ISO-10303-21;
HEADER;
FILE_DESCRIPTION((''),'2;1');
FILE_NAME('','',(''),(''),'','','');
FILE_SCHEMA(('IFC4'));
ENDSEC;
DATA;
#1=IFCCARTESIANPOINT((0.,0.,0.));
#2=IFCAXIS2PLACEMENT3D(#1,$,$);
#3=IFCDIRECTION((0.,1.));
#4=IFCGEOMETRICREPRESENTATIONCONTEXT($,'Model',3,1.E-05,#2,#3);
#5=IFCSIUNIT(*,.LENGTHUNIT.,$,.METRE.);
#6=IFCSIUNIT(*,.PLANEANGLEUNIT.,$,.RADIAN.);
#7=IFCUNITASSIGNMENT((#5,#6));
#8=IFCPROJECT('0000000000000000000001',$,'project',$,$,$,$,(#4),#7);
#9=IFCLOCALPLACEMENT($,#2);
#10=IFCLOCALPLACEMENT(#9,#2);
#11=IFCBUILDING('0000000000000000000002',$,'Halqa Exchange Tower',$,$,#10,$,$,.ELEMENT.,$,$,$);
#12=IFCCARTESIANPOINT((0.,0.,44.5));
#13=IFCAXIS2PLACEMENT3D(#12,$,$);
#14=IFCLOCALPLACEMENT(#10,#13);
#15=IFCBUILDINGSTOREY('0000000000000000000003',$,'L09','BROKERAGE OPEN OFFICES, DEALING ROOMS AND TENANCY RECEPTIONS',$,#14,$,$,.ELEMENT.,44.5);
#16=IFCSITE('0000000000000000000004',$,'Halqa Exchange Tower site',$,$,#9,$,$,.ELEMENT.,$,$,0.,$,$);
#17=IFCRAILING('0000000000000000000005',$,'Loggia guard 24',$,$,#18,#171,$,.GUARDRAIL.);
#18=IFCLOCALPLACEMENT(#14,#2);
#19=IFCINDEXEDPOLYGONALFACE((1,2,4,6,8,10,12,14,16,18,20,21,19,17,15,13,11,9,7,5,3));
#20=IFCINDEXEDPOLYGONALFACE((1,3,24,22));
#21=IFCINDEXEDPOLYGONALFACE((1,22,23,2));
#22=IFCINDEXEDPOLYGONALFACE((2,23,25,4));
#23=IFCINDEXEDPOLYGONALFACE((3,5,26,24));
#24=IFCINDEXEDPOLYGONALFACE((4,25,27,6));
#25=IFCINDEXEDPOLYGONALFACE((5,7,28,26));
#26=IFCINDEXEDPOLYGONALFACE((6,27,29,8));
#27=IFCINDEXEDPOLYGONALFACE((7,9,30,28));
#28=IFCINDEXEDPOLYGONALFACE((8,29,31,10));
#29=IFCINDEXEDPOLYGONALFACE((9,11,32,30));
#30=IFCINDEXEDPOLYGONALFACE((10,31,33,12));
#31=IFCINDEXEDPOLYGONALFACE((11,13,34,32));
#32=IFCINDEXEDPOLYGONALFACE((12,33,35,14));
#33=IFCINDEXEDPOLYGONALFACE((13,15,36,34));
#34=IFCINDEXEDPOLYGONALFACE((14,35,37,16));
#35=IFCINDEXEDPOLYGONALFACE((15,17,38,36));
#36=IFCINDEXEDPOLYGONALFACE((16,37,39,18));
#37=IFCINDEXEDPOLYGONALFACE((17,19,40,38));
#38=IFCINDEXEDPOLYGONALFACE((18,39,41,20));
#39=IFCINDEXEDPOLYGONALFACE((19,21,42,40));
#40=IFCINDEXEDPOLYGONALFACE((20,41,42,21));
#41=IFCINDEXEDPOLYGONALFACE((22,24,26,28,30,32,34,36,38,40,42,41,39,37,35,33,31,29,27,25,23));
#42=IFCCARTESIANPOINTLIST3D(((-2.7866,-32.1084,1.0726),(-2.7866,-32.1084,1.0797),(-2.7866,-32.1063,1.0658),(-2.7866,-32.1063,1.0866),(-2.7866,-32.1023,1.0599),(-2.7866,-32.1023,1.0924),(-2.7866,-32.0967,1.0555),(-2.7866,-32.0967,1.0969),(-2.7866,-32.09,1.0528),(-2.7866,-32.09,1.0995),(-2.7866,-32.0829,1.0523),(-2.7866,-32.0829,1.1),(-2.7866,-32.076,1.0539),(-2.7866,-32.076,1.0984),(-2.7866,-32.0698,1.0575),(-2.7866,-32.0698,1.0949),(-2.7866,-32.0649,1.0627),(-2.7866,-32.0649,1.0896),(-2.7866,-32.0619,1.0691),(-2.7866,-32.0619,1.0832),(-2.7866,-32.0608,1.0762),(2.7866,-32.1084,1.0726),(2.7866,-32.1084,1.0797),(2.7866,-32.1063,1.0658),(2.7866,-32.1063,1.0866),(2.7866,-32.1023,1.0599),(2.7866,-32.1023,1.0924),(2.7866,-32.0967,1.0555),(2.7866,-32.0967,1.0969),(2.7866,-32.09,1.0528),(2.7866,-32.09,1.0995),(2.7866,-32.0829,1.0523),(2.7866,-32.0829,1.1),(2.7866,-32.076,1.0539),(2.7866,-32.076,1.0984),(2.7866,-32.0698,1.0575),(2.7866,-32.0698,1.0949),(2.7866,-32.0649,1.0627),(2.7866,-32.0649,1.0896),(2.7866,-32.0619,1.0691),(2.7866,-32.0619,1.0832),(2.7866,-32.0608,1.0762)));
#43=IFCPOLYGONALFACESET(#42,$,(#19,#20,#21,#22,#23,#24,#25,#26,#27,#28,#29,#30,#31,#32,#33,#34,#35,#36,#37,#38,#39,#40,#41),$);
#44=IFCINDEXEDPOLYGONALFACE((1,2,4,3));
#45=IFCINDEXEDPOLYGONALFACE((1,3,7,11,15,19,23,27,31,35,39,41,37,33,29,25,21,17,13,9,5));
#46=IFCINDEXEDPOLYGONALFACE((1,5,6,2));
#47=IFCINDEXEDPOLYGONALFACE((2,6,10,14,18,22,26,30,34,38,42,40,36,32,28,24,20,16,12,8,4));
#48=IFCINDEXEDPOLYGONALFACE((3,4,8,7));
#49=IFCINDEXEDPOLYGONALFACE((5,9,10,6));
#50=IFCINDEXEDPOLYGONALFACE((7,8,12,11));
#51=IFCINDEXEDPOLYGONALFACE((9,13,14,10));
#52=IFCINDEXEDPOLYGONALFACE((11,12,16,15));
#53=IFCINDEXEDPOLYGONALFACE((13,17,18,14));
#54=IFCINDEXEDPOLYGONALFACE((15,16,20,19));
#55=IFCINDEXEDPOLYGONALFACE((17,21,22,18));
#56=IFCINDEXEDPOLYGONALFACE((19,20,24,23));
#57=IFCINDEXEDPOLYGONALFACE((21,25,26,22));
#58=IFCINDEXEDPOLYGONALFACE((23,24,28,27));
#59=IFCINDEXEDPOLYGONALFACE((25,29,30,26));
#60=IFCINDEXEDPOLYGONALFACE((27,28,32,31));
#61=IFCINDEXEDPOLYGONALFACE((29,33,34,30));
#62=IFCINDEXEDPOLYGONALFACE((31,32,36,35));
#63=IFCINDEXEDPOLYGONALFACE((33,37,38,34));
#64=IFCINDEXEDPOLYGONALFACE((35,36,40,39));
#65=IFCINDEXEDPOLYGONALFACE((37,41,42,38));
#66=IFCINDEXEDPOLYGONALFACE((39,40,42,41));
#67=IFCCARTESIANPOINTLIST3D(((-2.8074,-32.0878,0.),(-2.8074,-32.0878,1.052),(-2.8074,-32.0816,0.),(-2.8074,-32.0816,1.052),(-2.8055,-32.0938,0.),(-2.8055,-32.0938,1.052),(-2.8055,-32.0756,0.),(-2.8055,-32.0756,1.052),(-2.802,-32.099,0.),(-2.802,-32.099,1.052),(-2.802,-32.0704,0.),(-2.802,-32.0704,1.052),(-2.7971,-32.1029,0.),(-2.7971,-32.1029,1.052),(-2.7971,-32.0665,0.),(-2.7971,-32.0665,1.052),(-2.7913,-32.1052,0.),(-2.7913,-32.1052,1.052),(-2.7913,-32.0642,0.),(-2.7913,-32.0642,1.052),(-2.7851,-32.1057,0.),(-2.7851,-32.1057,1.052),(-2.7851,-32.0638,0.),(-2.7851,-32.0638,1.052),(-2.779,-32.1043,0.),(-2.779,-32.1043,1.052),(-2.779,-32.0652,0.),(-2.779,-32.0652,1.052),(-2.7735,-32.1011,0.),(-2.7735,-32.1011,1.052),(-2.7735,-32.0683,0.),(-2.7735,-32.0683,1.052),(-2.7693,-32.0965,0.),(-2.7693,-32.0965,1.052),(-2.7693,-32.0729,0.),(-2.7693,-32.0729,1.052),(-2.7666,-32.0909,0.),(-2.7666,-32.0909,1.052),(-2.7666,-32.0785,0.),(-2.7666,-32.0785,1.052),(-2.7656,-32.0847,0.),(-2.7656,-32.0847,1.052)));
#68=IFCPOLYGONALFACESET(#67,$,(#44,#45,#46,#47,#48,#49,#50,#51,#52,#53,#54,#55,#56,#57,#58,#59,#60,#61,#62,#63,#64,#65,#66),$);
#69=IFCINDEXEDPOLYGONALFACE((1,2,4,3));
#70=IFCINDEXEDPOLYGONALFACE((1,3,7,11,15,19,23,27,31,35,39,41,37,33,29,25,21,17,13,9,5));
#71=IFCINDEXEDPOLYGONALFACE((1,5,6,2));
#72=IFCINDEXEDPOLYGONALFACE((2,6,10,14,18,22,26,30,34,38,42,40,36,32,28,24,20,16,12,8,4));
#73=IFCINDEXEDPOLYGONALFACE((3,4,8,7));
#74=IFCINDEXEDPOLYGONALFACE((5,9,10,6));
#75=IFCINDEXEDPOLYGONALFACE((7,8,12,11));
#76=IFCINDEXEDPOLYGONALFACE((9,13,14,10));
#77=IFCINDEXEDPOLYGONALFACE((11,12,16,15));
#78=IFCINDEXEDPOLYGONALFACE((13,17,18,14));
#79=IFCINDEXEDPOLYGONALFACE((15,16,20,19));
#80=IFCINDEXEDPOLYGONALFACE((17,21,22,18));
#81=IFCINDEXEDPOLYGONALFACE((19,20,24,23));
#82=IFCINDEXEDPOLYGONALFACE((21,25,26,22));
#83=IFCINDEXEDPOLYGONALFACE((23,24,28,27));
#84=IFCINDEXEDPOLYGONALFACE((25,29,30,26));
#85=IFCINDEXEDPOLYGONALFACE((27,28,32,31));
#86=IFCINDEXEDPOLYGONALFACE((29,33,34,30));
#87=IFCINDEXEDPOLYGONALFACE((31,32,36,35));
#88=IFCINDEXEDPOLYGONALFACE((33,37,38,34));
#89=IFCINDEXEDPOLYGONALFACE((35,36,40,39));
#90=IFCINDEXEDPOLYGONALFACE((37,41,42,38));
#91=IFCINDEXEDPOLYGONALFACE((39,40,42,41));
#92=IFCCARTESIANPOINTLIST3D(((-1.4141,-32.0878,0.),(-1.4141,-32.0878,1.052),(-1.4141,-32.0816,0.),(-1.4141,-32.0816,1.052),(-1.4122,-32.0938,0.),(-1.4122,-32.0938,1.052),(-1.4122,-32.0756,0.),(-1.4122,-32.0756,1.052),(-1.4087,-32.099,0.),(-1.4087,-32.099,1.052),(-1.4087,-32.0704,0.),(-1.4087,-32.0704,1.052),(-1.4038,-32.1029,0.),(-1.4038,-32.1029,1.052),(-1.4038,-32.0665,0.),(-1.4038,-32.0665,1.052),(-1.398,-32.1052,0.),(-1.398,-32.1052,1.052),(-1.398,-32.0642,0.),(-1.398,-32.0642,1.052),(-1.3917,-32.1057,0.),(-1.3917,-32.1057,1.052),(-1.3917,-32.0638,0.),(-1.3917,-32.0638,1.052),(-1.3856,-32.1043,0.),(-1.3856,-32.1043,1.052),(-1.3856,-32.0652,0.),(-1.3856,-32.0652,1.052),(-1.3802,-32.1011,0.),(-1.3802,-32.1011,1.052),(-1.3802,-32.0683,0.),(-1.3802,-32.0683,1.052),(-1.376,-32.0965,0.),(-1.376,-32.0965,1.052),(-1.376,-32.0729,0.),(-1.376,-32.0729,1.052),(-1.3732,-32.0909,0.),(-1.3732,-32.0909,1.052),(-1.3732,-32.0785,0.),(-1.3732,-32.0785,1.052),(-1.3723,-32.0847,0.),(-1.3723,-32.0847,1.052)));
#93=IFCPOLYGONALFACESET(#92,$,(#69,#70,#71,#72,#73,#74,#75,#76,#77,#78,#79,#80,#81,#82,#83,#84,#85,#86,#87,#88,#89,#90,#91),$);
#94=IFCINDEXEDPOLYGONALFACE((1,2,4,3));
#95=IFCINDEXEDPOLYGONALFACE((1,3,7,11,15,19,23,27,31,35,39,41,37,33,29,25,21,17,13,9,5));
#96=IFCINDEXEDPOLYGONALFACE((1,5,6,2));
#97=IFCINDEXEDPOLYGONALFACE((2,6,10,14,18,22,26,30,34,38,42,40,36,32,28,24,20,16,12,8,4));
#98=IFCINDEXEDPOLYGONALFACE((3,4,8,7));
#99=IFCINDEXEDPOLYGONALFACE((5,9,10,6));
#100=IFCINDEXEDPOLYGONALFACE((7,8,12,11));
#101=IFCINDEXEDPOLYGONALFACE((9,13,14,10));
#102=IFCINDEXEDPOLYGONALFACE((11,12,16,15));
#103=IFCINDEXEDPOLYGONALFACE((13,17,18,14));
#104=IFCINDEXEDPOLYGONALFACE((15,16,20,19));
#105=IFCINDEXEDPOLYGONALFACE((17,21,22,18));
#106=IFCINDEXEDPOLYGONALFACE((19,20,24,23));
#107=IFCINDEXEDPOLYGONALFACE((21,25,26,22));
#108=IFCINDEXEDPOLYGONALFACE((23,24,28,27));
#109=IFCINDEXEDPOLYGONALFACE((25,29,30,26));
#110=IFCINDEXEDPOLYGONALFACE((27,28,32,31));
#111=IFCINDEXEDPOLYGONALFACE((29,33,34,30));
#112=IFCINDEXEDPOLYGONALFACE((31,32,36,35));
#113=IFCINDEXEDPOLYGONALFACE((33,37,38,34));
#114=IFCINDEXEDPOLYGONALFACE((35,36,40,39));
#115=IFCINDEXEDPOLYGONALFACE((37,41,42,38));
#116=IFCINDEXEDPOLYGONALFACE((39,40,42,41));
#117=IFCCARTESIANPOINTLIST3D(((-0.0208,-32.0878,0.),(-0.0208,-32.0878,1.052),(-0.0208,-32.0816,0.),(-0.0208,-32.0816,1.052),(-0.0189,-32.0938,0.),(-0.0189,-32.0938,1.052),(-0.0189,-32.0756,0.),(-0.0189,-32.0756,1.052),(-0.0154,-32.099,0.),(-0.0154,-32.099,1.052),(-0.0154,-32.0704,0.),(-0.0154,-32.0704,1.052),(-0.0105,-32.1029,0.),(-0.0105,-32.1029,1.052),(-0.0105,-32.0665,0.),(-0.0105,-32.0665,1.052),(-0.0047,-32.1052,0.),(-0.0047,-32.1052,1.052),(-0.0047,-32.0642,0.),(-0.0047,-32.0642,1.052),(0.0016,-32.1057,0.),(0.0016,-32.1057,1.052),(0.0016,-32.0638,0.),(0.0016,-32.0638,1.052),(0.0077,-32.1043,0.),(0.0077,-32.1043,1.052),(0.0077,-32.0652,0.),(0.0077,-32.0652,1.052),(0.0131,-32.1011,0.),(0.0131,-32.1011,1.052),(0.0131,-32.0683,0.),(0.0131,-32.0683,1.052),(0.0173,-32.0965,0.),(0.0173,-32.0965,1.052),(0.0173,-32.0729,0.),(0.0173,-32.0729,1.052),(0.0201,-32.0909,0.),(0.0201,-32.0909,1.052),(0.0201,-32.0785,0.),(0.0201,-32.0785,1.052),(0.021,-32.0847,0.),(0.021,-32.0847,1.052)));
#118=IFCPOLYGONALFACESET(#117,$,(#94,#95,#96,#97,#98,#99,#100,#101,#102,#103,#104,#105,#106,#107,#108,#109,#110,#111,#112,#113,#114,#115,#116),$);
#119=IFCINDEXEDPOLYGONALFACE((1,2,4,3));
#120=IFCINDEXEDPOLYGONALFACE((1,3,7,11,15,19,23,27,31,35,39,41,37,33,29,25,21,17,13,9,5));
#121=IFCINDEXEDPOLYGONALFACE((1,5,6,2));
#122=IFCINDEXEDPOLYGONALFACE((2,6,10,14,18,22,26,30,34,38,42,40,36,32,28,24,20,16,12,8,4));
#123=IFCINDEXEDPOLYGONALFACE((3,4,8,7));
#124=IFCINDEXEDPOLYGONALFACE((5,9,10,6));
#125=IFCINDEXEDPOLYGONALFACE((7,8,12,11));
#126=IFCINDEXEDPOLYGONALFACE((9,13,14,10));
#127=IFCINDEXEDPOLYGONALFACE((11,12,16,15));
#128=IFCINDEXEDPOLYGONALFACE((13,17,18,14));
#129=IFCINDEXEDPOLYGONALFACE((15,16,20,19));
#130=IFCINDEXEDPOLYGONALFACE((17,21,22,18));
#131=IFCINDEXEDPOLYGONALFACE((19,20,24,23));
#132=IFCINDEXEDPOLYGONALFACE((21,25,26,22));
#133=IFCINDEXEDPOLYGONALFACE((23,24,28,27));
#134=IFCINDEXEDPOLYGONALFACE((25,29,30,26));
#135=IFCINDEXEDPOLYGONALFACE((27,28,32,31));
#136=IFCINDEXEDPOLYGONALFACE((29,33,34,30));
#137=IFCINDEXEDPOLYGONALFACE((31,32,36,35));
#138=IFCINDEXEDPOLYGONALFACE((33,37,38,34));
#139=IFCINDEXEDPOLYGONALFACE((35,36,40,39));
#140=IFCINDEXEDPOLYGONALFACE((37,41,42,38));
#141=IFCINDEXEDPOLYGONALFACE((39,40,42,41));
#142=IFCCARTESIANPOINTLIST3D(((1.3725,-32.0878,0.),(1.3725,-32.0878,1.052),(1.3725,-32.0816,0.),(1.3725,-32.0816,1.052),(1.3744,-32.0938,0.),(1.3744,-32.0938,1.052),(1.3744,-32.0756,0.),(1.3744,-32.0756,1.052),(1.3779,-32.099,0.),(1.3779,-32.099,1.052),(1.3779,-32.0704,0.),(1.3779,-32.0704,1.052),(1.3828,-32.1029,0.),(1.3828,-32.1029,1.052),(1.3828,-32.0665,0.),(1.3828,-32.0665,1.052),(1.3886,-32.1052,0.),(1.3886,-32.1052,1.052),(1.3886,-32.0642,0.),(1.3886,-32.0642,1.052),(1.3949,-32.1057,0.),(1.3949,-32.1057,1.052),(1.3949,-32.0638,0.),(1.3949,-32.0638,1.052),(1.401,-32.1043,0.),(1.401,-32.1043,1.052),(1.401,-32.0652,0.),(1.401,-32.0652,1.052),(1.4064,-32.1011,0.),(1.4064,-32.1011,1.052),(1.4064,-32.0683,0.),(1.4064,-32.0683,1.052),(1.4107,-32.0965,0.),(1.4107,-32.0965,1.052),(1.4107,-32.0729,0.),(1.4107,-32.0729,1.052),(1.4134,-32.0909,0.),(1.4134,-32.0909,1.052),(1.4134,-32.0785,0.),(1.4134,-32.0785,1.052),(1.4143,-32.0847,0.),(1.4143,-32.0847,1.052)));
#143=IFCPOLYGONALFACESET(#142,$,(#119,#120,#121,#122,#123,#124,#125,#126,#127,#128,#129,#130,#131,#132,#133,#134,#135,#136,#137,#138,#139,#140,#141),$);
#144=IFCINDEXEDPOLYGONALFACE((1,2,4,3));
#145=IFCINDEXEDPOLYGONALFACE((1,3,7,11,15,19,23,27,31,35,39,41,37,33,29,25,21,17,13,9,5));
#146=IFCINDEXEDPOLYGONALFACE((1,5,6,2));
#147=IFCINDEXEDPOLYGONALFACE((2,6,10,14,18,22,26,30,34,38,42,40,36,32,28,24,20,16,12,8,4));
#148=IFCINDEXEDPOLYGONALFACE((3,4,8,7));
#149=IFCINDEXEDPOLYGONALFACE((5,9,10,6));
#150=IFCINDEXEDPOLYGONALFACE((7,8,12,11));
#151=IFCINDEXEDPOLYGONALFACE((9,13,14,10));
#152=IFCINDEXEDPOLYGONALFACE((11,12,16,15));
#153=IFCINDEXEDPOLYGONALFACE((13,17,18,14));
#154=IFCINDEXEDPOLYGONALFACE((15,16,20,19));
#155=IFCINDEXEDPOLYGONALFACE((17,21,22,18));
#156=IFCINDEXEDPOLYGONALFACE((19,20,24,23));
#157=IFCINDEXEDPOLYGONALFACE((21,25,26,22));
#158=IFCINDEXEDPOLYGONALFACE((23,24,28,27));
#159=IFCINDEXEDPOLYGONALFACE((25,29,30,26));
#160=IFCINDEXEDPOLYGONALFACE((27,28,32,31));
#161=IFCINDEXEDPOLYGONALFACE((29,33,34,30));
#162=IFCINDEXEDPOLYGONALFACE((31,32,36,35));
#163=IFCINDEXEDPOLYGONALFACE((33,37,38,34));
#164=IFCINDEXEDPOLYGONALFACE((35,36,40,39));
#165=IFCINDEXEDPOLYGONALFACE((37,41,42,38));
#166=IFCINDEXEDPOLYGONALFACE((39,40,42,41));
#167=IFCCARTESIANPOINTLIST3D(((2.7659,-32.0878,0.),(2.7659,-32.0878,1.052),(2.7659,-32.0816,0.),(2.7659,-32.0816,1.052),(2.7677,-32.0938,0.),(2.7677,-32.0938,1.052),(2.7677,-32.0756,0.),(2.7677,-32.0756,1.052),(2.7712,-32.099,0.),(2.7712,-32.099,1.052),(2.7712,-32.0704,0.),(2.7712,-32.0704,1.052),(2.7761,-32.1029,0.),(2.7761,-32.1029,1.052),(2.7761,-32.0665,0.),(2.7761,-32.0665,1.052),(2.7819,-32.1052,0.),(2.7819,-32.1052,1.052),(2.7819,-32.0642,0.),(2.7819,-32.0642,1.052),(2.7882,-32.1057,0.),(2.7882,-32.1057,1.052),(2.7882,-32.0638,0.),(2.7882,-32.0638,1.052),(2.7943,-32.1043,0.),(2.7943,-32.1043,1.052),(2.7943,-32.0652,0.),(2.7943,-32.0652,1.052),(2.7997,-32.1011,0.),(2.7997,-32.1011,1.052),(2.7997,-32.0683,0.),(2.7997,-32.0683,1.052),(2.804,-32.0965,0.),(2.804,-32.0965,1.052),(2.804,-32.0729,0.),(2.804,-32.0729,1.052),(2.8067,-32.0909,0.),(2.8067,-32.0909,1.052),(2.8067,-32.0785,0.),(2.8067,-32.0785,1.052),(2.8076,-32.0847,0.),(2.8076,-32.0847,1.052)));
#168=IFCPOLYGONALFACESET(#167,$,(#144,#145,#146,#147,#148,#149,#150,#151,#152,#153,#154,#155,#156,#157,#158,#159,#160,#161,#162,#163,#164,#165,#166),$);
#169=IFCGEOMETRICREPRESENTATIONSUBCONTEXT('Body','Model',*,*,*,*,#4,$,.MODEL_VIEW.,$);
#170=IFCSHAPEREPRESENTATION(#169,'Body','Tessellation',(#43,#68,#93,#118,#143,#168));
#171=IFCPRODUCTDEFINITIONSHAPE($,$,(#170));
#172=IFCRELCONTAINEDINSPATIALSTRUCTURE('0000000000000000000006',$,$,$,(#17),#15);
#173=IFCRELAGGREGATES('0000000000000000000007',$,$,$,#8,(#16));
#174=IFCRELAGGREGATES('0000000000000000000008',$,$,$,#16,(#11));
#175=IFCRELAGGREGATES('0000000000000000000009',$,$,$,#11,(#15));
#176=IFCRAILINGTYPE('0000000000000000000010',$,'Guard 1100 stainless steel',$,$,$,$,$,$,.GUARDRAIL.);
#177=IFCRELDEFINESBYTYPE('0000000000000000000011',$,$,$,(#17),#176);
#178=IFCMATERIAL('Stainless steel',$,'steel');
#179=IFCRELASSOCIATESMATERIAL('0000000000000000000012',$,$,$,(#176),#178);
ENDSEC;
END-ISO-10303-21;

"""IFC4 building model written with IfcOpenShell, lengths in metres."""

from ifc_helpers import new_model, si_unit, direction, frame, origin, origin_2d, place, context, subcontext, project, spatial, circle, extrude, material, type_object, element, save


model = new_model("IFC4")

# Units and contexts
model_context = context("Model", 3, precision=1e-05, world=origin(), true_north=direction((0.0, 1.0)))
body_context = subcontext(model_context, "Body", "Model", "MODEL_VIEW")
ifc_project = project(units=[si_unit("LENGTHUNIT", "METRE"), si_unit("PLANEANGLEUNIT", "RADIAN")], contexts=[model_context])

# Site, building, storey
site_placement = place(None, origin())
site = spatial("IfcSite", under=ifc_project, at=site_placement, Name="Halqa Exchange Tower site", CompositionType="ELEMENT", RefElevation=0.0)
building_placement = place(site_placement, origin())
building = spatial("IfcBuilding", under=site, at=building_placement, Name="Halqa Exchange Tower", CompositionType="ELEMENT")
storey_placement = place(building_placement, frame((0.0, 0.0, 44.5)))
storey = spatial("IfcBuildingStorey", under=building, at=storey_placement, Name="L09", Description="BROKERAGE OPEN OFFICES, DEALING ROOMS AND TENANCY RECEPTIONS", CompositionType="ELEMENT", Elevation=44.5)

# Railing
ifc_material_1 = material(Name="Stainless steel", Category="steel")
railing_type = type_object("IfcRailingType", Name="Guard 1100 stainless steel", PredefinedType="GUARDRAIL", material=ifc_material_1)
railing_1_placement = place(storey_placement, frame((-2.7866, -32.0847, 0.0)))
element("IfcRailing", 1, at=railing_1_placement, inside=storey, type_object=railing_type, Name="Loggia guard 24", PredefinedType="GUARDRAIL", context=body_context, shape_type="SweptSolid", body=[
    extrude(circle(Radius=0.0239, at=origin_2d()), frame((0.0, 0.0, 1.0762), z_axis=(1.0, 0.0, 0.0), x_axis=(0.0, 1.0, 0.0)), (0.0, 0.0, 1.0), 5.5732),
    extrude(circle(Radius=0.021, at=origin_2d()), origin(), (0.0, 0.0, 1.0), 1.052),
    extrude(circle(Radius=0.021, at=origin_2d()), frame((1.3933, 0.0, 0.0)), (0.0, 0.0, 1.0), 1.052),
    extrude(circle(Radius=0.021, at=origin_2d()), frame((2.7866, 0.0, 0.0)), (0.0, 0.0, 1.0), 1.052),
    extrude(circle(Radius=0.021, at=origin_2d()), frame((4.1799, 0.0, 0.0)), (0.0, 0.0, 1.0), 1.052),
    extrude(circle(Radius=0.021, at=origin_2d()), frame((5.5732, 0.0, 0.0)), (0.0, 0.0, 1.0), 1.052),
])

save(model, "model.ifc")
